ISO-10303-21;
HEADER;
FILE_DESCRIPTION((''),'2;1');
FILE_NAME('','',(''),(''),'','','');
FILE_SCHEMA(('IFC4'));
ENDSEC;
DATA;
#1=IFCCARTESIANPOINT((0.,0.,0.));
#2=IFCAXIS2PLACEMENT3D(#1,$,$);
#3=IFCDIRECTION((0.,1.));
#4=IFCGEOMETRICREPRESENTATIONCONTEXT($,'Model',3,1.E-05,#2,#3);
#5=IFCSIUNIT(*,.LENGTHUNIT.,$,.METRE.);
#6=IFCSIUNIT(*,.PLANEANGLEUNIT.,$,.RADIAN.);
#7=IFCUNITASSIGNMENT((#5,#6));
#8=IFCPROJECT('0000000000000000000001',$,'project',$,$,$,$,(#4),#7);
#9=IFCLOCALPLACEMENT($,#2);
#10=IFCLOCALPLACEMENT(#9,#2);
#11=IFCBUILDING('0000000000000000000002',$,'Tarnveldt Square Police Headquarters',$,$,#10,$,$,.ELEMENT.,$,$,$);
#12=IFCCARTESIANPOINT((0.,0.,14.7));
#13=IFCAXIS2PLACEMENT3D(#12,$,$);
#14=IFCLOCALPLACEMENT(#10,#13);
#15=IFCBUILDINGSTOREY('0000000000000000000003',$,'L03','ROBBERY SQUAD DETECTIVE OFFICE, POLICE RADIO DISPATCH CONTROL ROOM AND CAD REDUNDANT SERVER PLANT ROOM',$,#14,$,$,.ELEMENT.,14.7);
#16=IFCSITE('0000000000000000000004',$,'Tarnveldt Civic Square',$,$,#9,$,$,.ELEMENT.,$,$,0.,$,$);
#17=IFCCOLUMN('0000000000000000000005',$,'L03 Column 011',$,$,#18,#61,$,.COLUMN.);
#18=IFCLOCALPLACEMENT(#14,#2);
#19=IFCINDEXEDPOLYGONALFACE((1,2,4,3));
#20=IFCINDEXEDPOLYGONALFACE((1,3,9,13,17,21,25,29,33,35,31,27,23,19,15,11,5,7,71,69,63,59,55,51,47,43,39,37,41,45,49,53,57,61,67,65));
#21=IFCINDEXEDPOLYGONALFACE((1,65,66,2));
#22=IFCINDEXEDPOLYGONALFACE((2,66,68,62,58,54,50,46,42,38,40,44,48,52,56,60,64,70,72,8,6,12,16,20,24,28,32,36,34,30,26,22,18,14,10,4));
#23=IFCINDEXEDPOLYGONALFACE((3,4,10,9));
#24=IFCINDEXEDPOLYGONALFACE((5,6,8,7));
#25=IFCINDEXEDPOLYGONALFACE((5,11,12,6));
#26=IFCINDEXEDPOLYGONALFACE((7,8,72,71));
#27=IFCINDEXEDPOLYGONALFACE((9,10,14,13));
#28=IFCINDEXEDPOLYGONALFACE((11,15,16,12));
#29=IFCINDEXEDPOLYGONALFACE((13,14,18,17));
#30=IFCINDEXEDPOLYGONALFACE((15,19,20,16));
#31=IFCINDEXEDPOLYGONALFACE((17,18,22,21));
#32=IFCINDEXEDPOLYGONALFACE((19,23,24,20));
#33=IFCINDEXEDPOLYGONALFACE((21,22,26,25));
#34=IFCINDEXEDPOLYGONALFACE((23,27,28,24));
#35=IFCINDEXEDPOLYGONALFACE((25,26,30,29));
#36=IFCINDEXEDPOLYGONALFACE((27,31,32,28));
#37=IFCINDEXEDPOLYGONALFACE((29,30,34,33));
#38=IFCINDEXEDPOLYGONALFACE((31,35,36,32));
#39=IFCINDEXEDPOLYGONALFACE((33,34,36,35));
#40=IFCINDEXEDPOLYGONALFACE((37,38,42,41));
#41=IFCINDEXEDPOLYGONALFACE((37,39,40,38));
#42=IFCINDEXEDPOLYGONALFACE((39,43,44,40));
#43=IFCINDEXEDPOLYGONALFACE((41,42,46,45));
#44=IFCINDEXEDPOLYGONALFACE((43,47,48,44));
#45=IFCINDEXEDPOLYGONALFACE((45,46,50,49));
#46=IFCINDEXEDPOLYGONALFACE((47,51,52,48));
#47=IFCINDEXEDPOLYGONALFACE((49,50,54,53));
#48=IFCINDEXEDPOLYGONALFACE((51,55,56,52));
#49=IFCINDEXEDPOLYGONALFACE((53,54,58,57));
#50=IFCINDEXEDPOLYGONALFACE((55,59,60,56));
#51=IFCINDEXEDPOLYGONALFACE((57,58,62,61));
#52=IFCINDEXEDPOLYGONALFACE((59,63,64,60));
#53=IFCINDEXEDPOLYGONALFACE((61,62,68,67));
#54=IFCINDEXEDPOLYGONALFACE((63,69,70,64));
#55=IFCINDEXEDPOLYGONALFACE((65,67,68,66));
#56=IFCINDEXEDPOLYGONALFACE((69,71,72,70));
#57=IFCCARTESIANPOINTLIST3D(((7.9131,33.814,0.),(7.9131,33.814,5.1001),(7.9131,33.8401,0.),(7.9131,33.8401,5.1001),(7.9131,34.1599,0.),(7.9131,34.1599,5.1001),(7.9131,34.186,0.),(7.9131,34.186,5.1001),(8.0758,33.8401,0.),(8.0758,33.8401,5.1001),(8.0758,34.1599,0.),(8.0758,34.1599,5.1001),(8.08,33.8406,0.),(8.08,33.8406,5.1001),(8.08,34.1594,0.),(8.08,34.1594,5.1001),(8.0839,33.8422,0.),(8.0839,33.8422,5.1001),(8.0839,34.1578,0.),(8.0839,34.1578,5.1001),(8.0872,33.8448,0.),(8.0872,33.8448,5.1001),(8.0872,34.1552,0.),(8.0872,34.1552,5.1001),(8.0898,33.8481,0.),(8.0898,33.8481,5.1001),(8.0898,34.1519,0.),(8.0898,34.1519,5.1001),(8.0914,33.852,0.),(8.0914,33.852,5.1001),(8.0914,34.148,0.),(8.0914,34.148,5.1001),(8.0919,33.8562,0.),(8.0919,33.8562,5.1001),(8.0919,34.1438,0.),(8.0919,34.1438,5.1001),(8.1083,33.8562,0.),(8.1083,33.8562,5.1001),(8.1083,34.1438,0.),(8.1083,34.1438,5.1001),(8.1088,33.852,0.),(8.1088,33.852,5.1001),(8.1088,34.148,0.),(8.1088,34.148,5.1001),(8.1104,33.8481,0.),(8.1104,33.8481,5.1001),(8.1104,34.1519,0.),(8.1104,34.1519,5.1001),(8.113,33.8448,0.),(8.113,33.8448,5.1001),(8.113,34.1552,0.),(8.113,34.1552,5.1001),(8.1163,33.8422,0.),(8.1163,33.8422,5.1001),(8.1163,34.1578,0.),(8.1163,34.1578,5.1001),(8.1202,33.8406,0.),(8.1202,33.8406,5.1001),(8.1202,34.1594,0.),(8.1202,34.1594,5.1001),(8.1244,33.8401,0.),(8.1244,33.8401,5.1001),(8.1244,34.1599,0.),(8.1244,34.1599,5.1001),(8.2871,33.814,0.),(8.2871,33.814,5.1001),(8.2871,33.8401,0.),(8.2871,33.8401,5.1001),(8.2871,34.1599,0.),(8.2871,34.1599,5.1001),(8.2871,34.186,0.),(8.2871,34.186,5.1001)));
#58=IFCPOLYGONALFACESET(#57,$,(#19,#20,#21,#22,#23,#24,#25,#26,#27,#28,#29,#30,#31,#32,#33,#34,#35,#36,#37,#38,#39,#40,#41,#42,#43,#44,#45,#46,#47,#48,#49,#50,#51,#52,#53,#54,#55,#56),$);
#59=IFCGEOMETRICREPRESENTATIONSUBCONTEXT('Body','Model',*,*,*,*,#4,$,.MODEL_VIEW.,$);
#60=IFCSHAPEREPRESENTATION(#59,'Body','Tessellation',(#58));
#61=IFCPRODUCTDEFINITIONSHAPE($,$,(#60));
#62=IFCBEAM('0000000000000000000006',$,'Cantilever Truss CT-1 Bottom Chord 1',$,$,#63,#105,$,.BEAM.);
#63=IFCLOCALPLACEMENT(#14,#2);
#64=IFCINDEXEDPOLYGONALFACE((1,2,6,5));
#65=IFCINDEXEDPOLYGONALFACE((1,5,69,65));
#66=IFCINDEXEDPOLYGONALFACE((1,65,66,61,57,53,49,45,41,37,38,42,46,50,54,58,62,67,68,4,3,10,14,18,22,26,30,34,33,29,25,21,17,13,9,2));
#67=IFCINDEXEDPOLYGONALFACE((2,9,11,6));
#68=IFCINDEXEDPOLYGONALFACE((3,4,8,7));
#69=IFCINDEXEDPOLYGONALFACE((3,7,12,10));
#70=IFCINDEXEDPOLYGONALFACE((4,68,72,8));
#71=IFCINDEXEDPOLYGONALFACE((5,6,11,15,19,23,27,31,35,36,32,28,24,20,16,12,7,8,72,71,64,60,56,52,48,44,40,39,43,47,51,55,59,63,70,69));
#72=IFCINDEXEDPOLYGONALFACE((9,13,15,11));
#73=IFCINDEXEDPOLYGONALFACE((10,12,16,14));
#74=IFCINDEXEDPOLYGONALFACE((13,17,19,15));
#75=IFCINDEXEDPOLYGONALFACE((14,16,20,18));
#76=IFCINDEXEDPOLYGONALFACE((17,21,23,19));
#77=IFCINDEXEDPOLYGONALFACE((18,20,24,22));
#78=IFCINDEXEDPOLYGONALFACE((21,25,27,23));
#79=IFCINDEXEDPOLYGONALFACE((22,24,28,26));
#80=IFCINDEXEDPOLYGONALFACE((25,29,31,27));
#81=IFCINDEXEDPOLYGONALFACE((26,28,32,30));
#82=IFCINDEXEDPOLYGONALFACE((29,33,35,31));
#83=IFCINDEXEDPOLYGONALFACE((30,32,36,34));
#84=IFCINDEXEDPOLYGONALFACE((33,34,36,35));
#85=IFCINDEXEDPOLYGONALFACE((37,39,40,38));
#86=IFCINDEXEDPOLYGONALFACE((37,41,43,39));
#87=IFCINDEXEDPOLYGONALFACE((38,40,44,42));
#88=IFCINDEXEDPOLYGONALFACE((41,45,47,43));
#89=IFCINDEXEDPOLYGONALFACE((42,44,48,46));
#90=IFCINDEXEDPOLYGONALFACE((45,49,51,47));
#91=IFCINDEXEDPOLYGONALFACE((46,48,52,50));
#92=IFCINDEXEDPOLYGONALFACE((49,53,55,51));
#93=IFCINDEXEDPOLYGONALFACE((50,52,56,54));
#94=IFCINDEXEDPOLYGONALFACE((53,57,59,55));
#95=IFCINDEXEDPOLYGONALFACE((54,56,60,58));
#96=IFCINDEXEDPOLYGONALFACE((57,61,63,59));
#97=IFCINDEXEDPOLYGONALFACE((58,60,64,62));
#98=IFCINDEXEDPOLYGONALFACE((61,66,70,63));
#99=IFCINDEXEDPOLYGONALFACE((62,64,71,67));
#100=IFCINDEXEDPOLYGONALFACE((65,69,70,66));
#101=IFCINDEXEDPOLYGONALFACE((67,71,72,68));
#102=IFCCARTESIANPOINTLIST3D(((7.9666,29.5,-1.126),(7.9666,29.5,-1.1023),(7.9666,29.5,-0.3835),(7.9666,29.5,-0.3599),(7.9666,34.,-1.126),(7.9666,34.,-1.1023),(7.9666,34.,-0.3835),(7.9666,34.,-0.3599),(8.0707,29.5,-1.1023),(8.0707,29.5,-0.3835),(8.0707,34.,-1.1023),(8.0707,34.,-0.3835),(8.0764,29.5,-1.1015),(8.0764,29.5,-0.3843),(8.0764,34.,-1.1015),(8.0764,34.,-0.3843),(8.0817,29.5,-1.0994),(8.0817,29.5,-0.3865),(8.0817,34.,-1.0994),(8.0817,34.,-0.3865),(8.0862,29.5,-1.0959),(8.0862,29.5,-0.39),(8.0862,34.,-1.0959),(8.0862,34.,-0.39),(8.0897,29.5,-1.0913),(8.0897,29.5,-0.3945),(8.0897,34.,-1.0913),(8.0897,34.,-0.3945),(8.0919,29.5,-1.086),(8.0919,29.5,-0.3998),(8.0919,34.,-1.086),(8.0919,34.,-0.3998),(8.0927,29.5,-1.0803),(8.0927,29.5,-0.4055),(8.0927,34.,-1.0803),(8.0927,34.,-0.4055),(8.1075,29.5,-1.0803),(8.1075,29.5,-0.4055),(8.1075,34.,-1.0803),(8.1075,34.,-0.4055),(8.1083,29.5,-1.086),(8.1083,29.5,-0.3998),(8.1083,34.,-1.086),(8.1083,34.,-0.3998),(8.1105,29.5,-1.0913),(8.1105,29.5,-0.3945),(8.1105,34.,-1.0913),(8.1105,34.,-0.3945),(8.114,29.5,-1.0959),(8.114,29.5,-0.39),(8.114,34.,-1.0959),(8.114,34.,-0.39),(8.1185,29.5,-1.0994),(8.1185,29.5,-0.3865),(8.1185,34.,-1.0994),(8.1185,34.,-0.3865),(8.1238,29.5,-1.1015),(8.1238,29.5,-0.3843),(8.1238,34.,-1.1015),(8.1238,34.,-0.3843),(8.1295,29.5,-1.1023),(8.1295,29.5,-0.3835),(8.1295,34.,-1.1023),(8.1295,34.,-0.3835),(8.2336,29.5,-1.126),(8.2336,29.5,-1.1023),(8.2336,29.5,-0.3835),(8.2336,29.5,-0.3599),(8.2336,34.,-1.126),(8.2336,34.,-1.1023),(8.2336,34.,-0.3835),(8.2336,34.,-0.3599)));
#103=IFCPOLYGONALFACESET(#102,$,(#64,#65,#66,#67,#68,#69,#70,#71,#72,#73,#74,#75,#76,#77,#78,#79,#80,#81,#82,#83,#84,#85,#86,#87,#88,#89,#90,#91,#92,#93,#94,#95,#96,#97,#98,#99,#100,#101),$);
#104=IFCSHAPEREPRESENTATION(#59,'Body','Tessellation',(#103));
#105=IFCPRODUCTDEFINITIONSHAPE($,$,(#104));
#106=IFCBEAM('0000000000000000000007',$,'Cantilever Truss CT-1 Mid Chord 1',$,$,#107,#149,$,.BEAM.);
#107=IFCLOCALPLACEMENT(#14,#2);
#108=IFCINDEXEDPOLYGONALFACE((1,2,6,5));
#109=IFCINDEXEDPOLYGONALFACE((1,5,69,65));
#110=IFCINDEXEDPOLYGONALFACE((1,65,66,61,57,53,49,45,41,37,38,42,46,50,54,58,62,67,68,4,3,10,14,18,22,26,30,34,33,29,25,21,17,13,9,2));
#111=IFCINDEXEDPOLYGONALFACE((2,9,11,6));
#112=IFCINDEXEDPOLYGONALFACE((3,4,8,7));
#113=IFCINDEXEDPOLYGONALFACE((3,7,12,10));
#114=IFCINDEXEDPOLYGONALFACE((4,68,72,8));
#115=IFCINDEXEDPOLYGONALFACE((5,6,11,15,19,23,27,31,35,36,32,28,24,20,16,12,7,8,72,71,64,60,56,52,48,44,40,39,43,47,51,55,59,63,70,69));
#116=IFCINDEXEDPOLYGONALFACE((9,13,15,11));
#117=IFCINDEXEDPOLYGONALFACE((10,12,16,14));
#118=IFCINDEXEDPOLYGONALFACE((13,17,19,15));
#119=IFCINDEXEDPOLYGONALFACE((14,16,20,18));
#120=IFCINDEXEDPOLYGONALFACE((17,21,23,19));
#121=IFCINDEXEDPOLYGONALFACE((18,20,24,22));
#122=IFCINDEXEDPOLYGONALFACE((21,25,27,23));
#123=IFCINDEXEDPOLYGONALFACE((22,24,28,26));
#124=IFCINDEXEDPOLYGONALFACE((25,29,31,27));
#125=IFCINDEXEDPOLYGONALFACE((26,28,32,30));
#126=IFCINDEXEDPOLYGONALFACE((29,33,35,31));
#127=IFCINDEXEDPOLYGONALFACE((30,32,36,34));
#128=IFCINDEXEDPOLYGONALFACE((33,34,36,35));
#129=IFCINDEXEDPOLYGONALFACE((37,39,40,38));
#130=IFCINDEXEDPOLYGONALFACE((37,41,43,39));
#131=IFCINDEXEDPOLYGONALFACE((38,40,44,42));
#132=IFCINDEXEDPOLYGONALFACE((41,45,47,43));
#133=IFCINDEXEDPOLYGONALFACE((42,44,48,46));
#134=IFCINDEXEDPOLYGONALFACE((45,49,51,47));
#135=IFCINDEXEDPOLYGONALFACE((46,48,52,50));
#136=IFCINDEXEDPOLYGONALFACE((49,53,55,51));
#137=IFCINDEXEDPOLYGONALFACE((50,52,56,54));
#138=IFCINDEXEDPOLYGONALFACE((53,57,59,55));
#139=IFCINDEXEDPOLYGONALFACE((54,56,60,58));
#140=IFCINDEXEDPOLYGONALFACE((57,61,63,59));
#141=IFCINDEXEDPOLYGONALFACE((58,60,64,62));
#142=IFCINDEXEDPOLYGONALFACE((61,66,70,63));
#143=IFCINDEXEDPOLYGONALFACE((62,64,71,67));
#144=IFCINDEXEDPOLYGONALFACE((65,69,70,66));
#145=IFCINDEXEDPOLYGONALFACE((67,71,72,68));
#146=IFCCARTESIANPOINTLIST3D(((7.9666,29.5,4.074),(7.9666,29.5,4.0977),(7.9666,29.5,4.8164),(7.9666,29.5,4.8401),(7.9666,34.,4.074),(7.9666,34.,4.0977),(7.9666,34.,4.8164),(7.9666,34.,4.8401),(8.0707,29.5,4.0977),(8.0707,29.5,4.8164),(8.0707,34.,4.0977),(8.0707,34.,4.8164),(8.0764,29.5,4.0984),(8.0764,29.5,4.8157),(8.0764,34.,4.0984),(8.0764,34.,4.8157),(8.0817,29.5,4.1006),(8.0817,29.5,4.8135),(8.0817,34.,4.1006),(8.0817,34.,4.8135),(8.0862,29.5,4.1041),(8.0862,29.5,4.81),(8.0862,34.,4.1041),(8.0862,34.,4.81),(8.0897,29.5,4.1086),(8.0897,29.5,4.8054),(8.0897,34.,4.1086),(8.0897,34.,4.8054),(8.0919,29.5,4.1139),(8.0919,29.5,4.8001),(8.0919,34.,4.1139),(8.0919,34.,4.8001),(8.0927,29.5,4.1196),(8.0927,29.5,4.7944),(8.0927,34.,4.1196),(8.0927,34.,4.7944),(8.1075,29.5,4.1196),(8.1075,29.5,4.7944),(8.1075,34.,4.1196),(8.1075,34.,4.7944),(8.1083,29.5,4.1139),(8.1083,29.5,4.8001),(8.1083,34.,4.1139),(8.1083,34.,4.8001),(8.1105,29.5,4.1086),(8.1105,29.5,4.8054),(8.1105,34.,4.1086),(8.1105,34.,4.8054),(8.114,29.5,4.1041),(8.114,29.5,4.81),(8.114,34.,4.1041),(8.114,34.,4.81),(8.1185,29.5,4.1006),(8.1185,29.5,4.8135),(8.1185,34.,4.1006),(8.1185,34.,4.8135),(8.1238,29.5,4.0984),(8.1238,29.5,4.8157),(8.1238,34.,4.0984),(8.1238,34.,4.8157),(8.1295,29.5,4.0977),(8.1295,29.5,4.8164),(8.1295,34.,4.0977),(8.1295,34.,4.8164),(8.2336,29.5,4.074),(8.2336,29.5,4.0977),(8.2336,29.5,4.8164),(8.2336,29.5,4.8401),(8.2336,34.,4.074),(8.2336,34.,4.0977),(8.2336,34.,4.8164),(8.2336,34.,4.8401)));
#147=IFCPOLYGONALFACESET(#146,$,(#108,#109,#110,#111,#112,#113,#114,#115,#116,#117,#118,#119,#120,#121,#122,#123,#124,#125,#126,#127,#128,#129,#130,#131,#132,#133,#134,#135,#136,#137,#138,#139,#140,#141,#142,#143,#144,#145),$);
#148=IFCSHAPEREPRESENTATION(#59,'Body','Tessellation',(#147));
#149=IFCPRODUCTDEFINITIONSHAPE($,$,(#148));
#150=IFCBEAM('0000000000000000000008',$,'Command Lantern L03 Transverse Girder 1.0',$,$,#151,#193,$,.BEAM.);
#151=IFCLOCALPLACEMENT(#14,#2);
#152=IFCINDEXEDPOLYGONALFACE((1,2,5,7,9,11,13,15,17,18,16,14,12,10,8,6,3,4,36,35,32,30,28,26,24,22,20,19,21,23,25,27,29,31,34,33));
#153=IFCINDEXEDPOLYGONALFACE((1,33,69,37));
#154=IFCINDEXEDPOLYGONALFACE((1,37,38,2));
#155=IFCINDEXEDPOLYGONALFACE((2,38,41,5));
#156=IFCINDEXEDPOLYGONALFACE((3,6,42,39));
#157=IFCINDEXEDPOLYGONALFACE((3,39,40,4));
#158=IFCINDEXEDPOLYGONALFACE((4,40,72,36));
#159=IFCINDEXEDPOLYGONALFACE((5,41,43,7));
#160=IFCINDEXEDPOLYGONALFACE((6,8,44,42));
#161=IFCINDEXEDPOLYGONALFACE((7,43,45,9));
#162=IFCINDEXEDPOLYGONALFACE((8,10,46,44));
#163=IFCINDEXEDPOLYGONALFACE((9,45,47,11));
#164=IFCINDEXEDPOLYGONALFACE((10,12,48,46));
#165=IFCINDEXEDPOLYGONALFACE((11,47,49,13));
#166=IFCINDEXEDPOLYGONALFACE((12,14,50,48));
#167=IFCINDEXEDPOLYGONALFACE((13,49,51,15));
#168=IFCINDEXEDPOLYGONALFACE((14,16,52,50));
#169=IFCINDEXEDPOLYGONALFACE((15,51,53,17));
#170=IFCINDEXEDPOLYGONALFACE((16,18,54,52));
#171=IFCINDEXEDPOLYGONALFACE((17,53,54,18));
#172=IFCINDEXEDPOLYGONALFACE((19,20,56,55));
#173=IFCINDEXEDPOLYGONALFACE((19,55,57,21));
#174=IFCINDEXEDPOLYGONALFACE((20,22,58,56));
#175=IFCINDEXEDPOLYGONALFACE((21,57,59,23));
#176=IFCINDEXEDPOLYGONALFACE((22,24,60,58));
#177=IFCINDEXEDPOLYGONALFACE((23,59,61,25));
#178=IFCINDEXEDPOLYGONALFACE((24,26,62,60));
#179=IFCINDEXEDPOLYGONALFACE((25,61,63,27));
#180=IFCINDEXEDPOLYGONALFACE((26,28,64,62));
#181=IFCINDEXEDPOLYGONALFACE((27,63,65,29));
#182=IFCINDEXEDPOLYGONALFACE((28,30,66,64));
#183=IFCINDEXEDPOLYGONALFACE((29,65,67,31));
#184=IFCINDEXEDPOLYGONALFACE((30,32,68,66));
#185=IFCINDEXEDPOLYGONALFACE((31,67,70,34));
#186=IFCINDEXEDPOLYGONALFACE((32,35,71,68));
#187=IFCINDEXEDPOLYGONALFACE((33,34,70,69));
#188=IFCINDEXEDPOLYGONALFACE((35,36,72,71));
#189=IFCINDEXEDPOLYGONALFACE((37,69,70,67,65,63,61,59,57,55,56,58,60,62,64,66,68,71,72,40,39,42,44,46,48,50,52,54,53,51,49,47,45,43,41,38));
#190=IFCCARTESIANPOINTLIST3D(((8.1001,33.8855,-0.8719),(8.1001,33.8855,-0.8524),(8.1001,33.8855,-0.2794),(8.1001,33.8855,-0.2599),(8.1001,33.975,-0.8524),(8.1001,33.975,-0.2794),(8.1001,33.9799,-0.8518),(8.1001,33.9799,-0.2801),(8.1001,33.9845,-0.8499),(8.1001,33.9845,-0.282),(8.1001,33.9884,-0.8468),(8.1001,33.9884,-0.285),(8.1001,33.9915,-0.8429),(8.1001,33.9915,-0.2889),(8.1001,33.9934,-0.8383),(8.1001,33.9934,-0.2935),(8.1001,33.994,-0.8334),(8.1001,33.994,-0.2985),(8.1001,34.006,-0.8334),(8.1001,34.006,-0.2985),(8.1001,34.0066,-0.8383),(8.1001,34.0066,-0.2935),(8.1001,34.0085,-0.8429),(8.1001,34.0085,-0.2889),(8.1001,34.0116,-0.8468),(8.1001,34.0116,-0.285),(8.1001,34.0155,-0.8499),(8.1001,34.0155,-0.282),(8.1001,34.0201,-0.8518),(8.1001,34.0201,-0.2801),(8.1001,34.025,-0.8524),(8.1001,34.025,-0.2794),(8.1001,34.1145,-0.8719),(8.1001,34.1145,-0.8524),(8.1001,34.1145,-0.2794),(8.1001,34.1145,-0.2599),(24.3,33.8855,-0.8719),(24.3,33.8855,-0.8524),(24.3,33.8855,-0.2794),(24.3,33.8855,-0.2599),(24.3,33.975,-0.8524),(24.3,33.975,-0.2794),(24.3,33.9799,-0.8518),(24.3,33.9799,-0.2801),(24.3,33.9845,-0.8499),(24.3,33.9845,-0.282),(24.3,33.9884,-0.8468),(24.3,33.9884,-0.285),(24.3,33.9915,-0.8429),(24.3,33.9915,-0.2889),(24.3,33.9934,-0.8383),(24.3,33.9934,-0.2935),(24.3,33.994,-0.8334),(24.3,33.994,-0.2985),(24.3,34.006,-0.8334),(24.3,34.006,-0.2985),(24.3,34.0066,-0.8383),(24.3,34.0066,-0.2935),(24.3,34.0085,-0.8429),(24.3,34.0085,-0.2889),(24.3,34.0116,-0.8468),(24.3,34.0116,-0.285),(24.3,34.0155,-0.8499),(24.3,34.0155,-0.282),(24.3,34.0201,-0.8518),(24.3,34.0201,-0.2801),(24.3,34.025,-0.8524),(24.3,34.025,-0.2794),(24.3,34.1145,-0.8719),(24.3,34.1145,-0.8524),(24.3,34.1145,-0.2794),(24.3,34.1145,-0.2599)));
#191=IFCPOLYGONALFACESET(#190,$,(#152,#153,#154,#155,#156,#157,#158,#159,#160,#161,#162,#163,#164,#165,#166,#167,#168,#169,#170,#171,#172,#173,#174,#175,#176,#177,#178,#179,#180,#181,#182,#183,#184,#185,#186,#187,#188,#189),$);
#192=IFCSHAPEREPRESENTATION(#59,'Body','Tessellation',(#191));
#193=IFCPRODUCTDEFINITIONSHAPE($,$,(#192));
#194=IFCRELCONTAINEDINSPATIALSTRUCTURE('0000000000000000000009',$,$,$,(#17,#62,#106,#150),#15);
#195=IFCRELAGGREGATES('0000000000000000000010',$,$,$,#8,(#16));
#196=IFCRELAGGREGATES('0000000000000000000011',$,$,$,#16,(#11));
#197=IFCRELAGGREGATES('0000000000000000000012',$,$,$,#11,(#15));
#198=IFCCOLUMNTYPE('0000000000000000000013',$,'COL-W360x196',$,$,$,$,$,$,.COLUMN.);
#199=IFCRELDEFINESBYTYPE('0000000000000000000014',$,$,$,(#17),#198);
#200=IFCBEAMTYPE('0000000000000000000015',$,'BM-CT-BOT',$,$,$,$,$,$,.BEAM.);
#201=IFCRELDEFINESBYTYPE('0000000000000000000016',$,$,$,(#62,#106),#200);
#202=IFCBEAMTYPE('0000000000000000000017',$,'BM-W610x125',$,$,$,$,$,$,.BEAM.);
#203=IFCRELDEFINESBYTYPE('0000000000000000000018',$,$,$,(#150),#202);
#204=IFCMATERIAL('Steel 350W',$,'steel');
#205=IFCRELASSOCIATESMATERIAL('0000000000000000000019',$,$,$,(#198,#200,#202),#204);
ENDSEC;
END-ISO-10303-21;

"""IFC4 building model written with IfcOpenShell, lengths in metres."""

from ifc_helpers import new_model, si_unit, direction, frame, origin, origin_2d, place, context, subcontext, project, spatial, i_section, extrude, material, material_profile, profile_set, type_object, element, save


model = new_model("IFC4")

# Units and contexts
model_context = context("Model", 3, precision=1e-05, world=origin(), true_north=direction((0.0, 1.0)))
body_context = subcontext(model_context, "Body", "Model", "MODEL_VIEW")
ifc_project = project(units=[si_unit("LENGTHUNIT", "METRE"), si_unit("PLANEANGLEUNIT", "RADIAN")], contexts=[model_context])

# Site, building, storey
site_placement = place(None, origin())
site = spatial("IfcSite", under=ifc_project, at=site_placement, Name="Tarnveldt Civic Square", CompositionType="ELEMENT", RefElevation=0.0)
building_placement = place(site_placement, origin())
building = spatial("IfcBuilding", under=site, at=building_placement, Name="Tarnveldt Square Police Headquarters", CompositionType="ELEMENT")
storey_placement = place(building_placement, frame((0.0, 0.0, 14.7)))
storey = spatial("IfcBuildingStorey", under=building, at=storey_placement, Name="L03", Description="ROBBERY SQUAD DETECTIVE OFFICE, POLICE RADIO DISPATCH CONTROL ROOM AND CAD REDUNDANT SERVER PLANT ROOM", CompositionType="ELEMENT", Elevation=14.7)

# Column
ifc_material_1 = material(Name="Steel 350W", Category="steel")
ifc_material_profile_1 = material_profile(ifc_material_1, i_section(OverallWidth=0.374, OverallDepth=0.3721, WebThickness=0.0164, FlangeThickness=0.0261, FilletRadius=0.0161, at=origin_2d()), Name="W360x196")
ifc_profile_set_1 = profile_set([ifc_material_profile_1], Name="Steel 350W")
column_type = type_object("IfcColumnType", Name="COL-W360x196", PredefinedType="COLUMN", material=ifc_profile_set_1)
column_placement = place(storey_placement, frame((8.1001, 34.0, 0.0), z_axis=(0.0, 0.0, 1.0), x_axis=(1.0, 0.0, 0.0)))
element("IfcColumn", 1, at=column_placement, inside=storey, type_object=column_type, Name="L03 Column 011", PredefinedType="COLUMN", context=body_context, shape_type="SweptSolid", body=[
    extrude(i_section(OverallWidth=0.374, OverallDepth=0.3721, WebThickness=0.0164, FlangeThickness=0.0261, FilletRadius=0.0161, at=origin_2d()), origin(), (0.0, 0.0, 1.0), 5.1001),
])

# Beams
ifc_material_profile_2 = material_profile(ifc_material_1, i_section(OverallWidth=0.2671, OverallDepth=0.7661, WebThickness=0.0149, FlangeThickness=0.0237, FilletRadius=0.022, at=origin_2d()), Name="W760x185")
ifc_profile_set_2 = profile_set([ifc_material_profile_2], Name="Steel 350W")
beam_type_1 = type_object("IfcBeamType", Name="BM-CT-BOT", PredefinedType="BEAM", material=ifc_profile_set_2)
for number, where, z_axis, x_axis, name in (
    (2, (8.1001, 34.0, -0.7429), (0.0, -1.0, 0.0), (1.0, 0.0, 0.0), "Cantilever Truss CT-1 Bottom Chord 1"),
    (3, (8.1001, 34.0, 4.457), (0.0, -1.0, 0.0), (1.0, 0.0, 0.0), "Cantilever Truss CT-1 Mid Chord 1"),
):
    element("IfcBeam", number, at=place(storey_placement, frame(where, z_axis=z_axis, x_axis=x_axis)), inside=storey, type_object=beam_type_1, Name=name, PredefinedType="BEAM", context=body_context, shape_type="SweptSolid", body=[
        extrude(i_section(OverallWidth=0.2671, OverallDepth=0.7661, WebThickness=0.0149, FlangeThickness=0.0237, FilletRadius=0.022, at=origin_2d()), origin(), (0.0, 0.0, 1.0), 4.5),
    ])
ifc_material_profile_3 = material_profile(ifc_material_1, i_section(OverallWidth=0.229, OverallDepth=0.6121, WebThickness=0.012, FlangeThickness=0.0195, FilletRadius=0.019, at=origin_2d()), Name="W610x125")
ifc_profile_set_3 = profile_set([ifc_material_profile_3], Name="Steel 350W")
beam_type_2 = type_object("IfcBeamType", Name="BM-W610x125", PredefinedType="BEAM", material=ifc_profile_set_3)
beam_placement = place(storey_placement, frame((8.1001, 34.0, -0.5659), z_axis=(1.0, 0.0, 0.0), x_axis=(0.0, 1.0, 0.0)))
element("IfcBeam", 4, at=beam_placement, inside=storey, type_object=beam_type_2, Name="Command Lantern L03 Transverse Girder 1.0", PredefinedType="BEAM", context=body_context, shape_type="SweptSolid", body=[
    extrude(i_section(OverallWidth=0.229, OverallDepth=0.6121, WebThickness=0.012, FlangeThickness=0.0195, FilletRadius=0.019, at=origin_2d()), origin(), (0.0, 0.0, 1.0), 16.2),
])

save(model, "model.ifc")
